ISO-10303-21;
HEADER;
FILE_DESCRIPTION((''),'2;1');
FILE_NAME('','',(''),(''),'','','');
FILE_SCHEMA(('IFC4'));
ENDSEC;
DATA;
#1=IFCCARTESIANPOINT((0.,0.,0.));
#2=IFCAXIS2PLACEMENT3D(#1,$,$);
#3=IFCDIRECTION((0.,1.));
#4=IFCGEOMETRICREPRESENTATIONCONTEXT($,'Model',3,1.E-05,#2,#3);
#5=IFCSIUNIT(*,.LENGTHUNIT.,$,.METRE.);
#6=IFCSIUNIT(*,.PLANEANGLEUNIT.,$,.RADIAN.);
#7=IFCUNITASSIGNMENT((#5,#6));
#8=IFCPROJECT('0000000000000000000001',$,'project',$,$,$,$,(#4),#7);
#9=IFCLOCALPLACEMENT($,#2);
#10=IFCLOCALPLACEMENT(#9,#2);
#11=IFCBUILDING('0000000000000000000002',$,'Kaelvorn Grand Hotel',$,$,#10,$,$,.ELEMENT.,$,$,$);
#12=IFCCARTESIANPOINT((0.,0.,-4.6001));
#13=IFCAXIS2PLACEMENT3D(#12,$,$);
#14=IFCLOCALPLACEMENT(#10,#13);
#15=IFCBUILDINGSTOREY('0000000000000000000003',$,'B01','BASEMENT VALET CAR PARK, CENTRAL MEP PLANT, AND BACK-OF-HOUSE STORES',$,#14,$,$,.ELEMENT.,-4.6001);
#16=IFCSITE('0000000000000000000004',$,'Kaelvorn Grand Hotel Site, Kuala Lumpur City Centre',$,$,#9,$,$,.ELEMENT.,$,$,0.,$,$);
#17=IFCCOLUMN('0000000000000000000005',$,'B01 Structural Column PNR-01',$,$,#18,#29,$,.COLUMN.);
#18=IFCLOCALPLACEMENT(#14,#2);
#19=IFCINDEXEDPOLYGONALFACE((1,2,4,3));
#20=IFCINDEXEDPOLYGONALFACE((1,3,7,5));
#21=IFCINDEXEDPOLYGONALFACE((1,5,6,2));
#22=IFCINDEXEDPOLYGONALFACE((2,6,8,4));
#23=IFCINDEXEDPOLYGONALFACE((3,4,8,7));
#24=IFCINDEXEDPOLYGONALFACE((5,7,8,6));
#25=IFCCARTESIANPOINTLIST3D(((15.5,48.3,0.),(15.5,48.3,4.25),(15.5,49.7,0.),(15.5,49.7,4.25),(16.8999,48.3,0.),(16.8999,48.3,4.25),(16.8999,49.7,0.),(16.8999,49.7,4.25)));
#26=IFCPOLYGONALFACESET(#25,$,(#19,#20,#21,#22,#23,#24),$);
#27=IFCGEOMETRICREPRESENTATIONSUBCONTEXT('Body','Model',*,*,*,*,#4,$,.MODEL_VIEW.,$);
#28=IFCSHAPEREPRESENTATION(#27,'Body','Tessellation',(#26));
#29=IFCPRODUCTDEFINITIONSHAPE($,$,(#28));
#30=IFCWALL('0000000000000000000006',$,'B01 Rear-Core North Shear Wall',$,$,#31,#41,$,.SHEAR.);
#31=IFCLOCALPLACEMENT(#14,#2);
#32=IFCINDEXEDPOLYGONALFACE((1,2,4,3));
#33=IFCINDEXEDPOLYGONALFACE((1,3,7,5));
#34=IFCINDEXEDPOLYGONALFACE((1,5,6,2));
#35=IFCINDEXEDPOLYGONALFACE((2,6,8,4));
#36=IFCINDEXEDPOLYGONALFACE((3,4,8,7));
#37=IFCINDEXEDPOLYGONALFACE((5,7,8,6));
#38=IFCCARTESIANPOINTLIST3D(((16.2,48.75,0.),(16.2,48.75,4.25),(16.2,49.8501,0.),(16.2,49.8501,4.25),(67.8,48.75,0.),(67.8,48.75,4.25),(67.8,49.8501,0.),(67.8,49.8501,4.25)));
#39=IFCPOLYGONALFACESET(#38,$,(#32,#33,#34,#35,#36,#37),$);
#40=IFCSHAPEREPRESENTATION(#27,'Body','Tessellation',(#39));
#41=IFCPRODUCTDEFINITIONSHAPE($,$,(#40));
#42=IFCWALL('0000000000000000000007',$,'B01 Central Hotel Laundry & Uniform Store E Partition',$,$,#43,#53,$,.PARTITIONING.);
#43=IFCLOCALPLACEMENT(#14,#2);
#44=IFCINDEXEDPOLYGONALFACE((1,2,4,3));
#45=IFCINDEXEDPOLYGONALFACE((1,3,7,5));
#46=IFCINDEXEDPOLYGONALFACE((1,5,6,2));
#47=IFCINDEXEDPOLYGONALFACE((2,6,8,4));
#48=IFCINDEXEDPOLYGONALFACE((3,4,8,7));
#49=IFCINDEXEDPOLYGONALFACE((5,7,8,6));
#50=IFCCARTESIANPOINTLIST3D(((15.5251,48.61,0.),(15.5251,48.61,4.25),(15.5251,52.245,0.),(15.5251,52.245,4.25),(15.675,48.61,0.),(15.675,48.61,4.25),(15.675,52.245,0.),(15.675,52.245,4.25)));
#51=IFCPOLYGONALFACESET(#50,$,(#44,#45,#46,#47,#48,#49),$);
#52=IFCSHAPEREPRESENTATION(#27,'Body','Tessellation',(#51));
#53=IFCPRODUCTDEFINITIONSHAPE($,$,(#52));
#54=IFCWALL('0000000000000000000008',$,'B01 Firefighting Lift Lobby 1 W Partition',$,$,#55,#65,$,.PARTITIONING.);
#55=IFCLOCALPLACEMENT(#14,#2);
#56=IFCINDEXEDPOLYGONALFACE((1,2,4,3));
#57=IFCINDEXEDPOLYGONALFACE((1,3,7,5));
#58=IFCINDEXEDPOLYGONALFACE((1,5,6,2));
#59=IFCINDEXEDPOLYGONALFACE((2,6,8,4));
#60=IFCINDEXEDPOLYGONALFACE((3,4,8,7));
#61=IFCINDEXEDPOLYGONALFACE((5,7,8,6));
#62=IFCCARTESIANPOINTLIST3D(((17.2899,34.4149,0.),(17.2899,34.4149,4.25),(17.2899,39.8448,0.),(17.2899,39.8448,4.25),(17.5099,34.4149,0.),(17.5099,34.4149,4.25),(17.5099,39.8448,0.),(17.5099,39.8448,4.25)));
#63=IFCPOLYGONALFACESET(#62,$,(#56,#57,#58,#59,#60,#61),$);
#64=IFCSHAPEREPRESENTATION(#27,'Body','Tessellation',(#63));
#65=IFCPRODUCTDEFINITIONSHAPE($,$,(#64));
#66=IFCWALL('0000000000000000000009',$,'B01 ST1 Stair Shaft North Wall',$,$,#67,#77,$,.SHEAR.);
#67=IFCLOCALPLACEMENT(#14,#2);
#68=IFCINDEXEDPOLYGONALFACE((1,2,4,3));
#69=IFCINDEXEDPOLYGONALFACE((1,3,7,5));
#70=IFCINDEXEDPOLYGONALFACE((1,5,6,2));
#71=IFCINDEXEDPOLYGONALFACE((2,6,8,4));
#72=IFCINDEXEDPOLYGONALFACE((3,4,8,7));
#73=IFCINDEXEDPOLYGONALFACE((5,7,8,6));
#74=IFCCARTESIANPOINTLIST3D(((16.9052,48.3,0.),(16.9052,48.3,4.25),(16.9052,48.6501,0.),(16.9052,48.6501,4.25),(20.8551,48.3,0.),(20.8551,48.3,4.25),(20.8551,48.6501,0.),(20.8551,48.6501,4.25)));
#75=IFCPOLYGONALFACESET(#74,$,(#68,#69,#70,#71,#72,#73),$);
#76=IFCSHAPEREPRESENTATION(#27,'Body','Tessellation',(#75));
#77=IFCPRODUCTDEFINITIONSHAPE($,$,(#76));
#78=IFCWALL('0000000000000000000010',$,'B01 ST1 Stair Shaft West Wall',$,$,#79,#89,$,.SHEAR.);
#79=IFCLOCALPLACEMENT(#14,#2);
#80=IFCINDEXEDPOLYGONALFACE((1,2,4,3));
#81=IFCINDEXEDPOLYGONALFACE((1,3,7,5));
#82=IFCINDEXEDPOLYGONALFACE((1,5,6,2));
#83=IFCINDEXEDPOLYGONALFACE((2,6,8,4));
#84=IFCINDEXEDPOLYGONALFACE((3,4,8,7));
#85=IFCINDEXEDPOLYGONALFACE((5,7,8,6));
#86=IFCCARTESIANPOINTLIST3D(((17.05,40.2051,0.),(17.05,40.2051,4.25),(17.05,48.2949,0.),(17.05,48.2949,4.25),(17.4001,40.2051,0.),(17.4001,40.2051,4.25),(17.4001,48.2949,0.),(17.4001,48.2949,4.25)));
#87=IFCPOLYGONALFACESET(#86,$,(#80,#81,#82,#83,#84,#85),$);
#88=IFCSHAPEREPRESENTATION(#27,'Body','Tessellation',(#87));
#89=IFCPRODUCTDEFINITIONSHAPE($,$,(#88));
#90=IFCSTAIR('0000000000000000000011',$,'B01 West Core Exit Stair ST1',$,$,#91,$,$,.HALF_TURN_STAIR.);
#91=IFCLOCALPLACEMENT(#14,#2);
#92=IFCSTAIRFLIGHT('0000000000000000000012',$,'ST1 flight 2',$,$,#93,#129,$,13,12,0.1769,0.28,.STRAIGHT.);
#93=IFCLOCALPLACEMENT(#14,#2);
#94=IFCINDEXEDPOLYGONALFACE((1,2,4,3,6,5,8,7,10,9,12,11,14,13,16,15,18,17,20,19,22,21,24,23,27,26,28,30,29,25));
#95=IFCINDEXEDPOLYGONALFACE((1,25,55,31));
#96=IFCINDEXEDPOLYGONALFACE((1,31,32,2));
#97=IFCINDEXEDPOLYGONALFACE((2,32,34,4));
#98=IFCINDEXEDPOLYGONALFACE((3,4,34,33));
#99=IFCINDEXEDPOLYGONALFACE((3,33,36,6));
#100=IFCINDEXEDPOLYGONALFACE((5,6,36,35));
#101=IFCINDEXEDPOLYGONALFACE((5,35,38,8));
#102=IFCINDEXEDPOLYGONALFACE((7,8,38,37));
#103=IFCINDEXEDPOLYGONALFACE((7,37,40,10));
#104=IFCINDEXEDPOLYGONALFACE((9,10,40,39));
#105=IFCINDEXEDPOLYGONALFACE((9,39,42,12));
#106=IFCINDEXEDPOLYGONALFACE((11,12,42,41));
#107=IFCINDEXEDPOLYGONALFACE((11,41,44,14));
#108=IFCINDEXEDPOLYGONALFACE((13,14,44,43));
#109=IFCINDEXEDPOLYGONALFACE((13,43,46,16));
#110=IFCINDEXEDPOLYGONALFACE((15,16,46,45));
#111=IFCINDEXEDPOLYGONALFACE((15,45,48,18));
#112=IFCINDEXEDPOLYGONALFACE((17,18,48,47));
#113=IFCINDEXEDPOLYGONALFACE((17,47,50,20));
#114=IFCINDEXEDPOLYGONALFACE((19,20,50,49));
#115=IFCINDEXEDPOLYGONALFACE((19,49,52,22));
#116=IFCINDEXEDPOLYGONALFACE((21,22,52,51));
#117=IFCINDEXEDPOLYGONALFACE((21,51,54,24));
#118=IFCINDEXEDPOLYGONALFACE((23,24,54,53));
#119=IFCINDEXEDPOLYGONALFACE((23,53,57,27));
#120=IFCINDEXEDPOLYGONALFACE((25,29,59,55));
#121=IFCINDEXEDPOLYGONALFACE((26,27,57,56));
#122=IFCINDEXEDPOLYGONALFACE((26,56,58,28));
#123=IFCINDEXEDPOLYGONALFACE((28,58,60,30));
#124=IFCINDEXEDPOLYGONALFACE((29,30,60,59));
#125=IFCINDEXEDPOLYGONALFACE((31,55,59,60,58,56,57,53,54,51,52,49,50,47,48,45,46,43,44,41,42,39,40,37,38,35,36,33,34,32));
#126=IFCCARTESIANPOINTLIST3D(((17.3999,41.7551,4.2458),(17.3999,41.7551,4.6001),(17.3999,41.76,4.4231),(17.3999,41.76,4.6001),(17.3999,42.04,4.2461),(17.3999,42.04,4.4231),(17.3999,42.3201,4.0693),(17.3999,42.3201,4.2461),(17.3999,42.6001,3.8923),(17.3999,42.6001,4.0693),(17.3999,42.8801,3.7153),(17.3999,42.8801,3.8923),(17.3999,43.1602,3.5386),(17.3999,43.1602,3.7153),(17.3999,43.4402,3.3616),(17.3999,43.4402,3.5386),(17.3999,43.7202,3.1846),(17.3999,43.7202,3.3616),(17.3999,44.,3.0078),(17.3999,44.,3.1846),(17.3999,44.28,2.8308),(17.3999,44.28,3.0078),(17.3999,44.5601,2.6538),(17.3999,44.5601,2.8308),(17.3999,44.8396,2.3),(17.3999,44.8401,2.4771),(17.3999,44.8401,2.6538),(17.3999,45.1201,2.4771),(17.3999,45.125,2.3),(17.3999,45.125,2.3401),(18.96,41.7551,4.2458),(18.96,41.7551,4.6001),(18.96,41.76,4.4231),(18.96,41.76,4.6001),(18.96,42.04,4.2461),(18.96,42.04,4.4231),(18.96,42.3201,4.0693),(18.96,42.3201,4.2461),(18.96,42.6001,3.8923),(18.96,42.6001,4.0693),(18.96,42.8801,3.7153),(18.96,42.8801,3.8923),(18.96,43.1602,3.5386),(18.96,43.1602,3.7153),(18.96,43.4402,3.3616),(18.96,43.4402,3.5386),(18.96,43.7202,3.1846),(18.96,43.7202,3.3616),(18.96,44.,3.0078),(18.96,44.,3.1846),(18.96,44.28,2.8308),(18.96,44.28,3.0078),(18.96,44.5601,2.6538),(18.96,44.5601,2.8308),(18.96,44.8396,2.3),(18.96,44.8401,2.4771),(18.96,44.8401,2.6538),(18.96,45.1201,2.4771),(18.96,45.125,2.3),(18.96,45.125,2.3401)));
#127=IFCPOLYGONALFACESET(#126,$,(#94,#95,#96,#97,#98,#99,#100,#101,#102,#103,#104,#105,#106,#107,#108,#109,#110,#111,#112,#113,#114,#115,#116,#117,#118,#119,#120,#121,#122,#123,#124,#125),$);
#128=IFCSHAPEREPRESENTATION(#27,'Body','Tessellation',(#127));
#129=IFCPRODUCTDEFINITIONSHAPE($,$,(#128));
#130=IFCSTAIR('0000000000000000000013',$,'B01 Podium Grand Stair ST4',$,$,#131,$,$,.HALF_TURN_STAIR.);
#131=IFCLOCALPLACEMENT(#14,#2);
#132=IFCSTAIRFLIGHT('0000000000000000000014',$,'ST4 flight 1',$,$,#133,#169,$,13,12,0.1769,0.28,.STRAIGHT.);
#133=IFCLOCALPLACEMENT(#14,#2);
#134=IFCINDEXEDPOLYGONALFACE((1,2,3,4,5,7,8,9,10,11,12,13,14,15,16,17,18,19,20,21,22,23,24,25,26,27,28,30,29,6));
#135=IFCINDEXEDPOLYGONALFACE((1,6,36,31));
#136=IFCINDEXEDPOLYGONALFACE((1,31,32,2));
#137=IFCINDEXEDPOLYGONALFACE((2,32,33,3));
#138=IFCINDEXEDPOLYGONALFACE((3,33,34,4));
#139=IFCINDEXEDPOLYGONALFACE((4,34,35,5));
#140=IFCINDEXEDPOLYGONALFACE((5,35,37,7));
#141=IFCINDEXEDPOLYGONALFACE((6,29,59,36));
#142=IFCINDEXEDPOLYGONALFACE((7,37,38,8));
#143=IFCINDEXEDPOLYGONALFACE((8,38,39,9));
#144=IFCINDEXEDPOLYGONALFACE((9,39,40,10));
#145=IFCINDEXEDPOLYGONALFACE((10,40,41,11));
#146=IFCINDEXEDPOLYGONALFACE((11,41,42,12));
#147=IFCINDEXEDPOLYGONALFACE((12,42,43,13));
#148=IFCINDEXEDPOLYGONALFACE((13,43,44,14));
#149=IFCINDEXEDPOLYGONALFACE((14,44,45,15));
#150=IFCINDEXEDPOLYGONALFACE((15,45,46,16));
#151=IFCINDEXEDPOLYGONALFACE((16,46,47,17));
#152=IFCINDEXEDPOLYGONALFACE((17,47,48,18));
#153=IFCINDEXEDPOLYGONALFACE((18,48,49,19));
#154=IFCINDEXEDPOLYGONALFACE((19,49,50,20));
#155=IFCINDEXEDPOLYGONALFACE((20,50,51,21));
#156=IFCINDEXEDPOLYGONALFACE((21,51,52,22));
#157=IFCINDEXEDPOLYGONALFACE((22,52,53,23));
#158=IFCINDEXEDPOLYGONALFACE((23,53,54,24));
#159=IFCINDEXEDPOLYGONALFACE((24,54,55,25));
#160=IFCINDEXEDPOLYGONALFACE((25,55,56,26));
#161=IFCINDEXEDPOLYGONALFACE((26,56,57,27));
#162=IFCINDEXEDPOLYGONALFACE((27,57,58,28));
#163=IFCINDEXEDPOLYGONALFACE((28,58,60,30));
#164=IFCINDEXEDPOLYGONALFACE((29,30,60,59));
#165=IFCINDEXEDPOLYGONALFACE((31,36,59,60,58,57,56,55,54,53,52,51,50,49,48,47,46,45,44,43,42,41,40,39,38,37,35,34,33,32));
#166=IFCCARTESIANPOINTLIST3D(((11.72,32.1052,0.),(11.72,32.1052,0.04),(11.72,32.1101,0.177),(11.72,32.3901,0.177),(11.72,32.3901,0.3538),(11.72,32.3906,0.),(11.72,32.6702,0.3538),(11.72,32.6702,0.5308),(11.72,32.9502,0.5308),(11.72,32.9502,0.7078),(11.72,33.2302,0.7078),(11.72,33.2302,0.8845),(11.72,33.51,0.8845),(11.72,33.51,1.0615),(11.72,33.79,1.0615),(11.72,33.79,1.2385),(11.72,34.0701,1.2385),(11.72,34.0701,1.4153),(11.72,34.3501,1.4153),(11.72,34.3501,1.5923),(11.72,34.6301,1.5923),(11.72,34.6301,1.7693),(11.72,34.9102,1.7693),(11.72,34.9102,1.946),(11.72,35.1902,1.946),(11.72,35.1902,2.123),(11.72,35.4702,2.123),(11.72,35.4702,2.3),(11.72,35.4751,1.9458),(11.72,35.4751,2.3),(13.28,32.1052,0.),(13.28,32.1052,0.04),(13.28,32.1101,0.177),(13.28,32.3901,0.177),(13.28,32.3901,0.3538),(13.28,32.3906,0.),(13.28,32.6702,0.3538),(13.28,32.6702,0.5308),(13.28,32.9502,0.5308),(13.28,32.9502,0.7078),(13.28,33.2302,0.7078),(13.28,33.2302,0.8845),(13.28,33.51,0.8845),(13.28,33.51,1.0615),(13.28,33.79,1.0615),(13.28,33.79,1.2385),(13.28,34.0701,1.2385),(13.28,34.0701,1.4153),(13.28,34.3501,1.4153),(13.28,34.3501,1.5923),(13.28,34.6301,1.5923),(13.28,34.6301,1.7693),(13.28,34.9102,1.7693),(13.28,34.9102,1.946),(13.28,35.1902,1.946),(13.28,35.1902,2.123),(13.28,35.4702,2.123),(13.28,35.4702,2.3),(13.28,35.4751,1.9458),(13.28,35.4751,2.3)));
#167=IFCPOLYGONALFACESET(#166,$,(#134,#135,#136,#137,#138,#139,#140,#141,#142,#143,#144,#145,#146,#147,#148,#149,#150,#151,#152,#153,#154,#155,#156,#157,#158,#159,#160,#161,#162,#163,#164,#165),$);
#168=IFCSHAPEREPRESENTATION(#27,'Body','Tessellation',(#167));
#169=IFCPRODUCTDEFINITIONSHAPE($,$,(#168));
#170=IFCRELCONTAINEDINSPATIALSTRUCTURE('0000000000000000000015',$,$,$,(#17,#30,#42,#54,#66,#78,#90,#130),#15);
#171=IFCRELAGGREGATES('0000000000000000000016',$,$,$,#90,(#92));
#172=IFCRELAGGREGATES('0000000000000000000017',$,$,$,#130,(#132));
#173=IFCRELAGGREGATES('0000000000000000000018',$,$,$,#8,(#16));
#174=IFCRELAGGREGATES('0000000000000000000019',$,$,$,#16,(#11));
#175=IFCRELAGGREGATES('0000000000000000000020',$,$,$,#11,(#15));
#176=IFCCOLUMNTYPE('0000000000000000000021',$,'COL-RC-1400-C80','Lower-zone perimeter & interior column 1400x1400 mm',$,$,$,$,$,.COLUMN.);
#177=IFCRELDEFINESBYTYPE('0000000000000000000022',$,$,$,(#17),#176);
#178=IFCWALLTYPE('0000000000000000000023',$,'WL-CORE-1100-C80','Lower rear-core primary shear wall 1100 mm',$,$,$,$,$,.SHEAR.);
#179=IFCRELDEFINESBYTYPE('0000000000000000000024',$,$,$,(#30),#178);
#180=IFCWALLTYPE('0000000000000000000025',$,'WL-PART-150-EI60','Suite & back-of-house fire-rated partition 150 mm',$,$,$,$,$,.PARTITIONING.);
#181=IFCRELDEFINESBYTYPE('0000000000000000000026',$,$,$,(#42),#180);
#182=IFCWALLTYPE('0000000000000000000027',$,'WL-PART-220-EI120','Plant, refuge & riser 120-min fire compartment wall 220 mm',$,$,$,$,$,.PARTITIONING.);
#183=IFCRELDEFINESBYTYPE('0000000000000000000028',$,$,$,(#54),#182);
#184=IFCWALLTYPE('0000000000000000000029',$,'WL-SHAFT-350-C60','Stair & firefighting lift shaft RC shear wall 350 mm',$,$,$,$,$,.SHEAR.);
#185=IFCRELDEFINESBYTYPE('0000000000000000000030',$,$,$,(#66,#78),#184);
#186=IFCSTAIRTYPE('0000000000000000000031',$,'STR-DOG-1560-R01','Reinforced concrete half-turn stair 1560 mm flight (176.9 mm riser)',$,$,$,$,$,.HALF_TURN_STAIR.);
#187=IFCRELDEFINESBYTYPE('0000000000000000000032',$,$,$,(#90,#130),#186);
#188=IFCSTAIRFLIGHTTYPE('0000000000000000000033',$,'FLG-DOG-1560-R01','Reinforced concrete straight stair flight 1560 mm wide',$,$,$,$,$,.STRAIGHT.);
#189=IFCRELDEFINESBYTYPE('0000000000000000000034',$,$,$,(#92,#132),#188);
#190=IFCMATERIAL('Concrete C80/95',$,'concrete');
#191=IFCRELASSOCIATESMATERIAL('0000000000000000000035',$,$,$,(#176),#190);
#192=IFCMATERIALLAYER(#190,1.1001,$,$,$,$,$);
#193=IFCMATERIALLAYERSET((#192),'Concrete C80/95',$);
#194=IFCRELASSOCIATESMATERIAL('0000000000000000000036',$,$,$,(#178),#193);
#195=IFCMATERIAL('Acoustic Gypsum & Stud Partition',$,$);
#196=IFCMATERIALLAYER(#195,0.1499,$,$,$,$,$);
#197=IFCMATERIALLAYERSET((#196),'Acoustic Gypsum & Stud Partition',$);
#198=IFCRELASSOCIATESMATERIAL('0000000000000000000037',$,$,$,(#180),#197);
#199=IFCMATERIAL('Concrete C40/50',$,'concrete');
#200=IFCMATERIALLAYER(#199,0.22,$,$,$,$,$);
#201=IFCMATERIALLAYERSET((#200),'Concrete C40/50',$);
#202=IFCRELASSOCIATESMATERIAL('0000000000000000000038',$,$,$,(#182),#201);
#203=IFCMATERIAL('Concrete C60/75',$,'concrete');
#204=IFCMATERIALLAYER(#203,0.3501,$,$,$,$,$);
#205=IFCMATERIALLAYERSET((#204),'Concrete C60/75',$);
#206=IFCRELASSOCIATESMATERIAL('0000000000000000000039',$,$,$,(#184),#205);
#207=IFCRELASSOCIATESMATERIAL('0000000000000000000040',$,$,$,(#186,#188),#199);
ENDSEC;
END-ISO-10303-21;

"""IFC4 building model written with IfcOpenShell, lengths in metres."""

from ifc_helpers import new_model, si_unit, direction, frame, frame_2d, origin, origin_2d, place, context, subcontext, project, spatial, polyline, rectangle, outline, extrude, material, layer, layer_set, material_profile, profile_set, type_object, element, aggregate, save


model = new_model("IFC4")

# Units and contexts
model_context = context("Model", 3, precision=1e-05, world=origin(), true_north=direction((0.0, 1.0)))
body_context = subcontext(model_context, "Body", "Model", "MODEL_VIEW")
ifc_project = project(units=[si_unit("LENGTHUNIT", "METRE"), si_unit("PLANEANGLEUNIT", "RADIAN")], contexts=[model_context])

# Site, building, storey
site_placement = place(None, origin())
site = spatial("IfcSite", under=ifc_project, at=site_placement, Name="Kaelvorn Grand Hotel Site, Kuala Lumpur City Centre", CompositionType="ELEMENT", RefElevation=0.0)
building_placement = place(site_placement, origin())
building = spatial("IfcBuilding", under=site, at=building_placement, Name="Kaelvorn Grand Hotel", CompositionType="ELEMENT")
storey_placement = place(building_placement, frame((0.0, 0.0, -4.6001)))
storey = spatial("IfcBuildingStorey", under=building, at=storey_placement, Name="B01", Description="BASEMENT VALET CAR PARK, CENTRAL MEP PLANT, AND BACK-OF-HOUSE STORES", CompositionType="ELEMENT", Elevation=-4.6001)

# Column
ifc_material_1 = material(Name="Concrete C80/95", Category="concrete")
ifc_material_profile = material_profile(ifc_material_1, rectangle(XDim=1.3999, YDim=1.3999, at=origin_2d()), Name="RC COL 1400x1400")
ifc_profile_set = profile_set([ifc_material_profile], Name="Concrete C80/95")
column_type = type_object("IfcColumnType", Name="COL-RC-1400-C80", Description="Lower-zone perimeter & interior column 1400x1400 mm", PredefinedType="COLUMN", material=ifc_profile_set)
column_placement = place(storey_placement, frame((16.2, 49.0, 0.0), z_axis=(0.0, 0.0, 1.0), x_axis=(1.0, 0.0, 0.0)))
element("IfcColumn", 1, at=column_placement, inside=storey, type_object=column_type, Name="B01 Structural Column PNR-01", PredefinedType="COLUMN", context=body_context, shape_type="SweptSolid", body=[
    extrude(rectangle(XDim=1.3999, YDim=1.3999, at=origin_2d()), origin(), (0.0, 0.0, 1.0), 4.25),
])

# Walls
ifc_layer_1 = layer(ifc_material_1, 1.1001)
ifc_layer_set_1 = layer_set([ifc_layer_1], Name="Concrete C80/95")
wall_type_1 = type_object("IfcWallType", Name="WL-CORE-1100-C80", Description="Lower rear-core primary shear wall 1100 mm", PredefinedType="SHEAR", material=ifc_layer_set_1)
wall_1_placement = place(storey_placement, frame((16.2, 49.3, 0.0), z_axis=(0.0, 0.0, 1.0), x_axis=(1.0, 0.0, 0.0)))
element("IfcWall", 2, at=wall_1_placement, inside=storey, type_object=wall_type_1, Name="B01 Rear-Core North Shear Wall", PredefinedType="SHEAR", context=body_context, shape_type="SweptSolid", body=[
    extrude(rectangle(XDim=51.6001, YDim=1.1001, at=frame_2d((25.8, 0.0))), origin(), (0.0, 0.0, 1.0), 4.25),
])
ifc_material_2 = material(Name="Acoustic Gypsum & Stud Partition")
ifc_layer_2 = layer(ifc_material_2, 0.1499)
ifc_layer_set_2 = layer_set([ifc_layer_2], Name="Acoustic Gypsum & Stud Partition")
wall_type_2 = type_object("IfcWallType", Name="WL-PART-150-EI60", Description="Suite & back-of-house fire-rated partition 150 mm", PredefinedType="PARTITIONING", material=ifc_layer_set_2)
wall_2_placement = place(storey_placement, frame((15.6001, 48.6101, 0.0), z_axis=(0.0, 0.0, 1.0), x_axis=(0.0, 1.0, 0.0)))
element("IfcWall", 3, at=wall_2_placement, inside=storey, type_object=wall_type_2, Name="B01 Central Hotel Laundry & Uniform Store E Partition", PredefinedType="PARTITIONING", context=body_context, shape_type="SweptSolid", body=[
    extrude(rectangle(XDim=3.635, YDim=0.1499, at=frame_2d((1.8174, 0.0))), origin(), (0.0, 0.0, 1.0), 4.25),
])

# Shared definitions
ifc_material_3 = material(Name="Concrete C40/50", Category="concrete")
ifc_layer_3 = layer(ifc_material_3, 0.22)
ifc_layer_set_3 = layer_set([ifc_layer_3], Name="Concrete C40/50")
wall_type_3 = type_object("IfcWallType", Name="WL-PART-220-EI120", Description="Plant, refuge & riser 120-min fire compartment wall 220 mm", PredefinedType="PARTITIONING", material=ifc_layer_set_3)

# Wall
wall_3_placement = place(storey_placement, frame((17.3999, 34.415, 0.0), z_axis=(0.0, 0.0, 1.0), x_axis=(0.0, 1.0, 0.0)))
element("IfcWall", 4, at=wall_3_placement, inside=storey, type_object=wall_type_3, Name="B01 Firefighting Lift Lobby 1 W Partition", PredefinedType="PARTITIONING", context=body_context, shape_type="SweptSolid", body=[
    extrude(rectangle(XDim=5.4299, YDim=0.22, at=frame_2d((2.7148, 0.0))), origin(), (0.0, 0.0, 1.0), 4.25),
])

# Shared definitions
ifc_material_4 = material(Name="Concrete C60/75", Category="concrete")
ifc_layer_4 = layer(ifc_material_4, 0.3501)
ifc_layer_set_4 = layer_set([ifc_layer_4], Name="Concrete C60/75")
wall_type_4 = type_object("IfcWallType", Name="WL-SHAFT-350-C60", Description="Stair & firefighting lift shaft RC shear wall 350 mm", PredefinedType="SHEAR", material=ifc_layer_set_4)

# Walls
wall_4_placement = place(storey_placement, frame((16.905, 48.4751, 0.0), z_axis=(0.0, 0.0, 1.0), x_axis=(1.0, 0.0, 0.0)))
element("IfcWall", 5, at=wall_4_placement, inside=storey, type_object=wall_type_4, Name="B01 ST1 Stair Shaft North Wall", PredefinedType="SHEAR", context=body_context, shape_type="SweptSolid", body=[
    extrude(rectangle(XDim=3.95, YDim=0.3501, at=frame_2d((1.9751, 0.0))), origin(), (0.0, 0.0, 1.0), 4.25),
])
wall_5_placement = place(storey_placement, frame((17.2251, 40.2051, 0.0), z_axis=(0.0, 0.0, 1.0), x_axis=(0.0, 1.0, 0.0)))
element("IfcWall", 6, at=wall_5_placement, inside=storey, type_object=wall_type_4, Name="B01 ST1 Stair Shaft West Wall", PredefinedType="SHEAR", context=body_context, shape_type="SweptSolid", body=[
    extrude(rectangle(XDim=8.0898, YDim=0.3501, at=frame_2d((4.0449, 0.0))), origin(), (0.0, 0.0, 1.0), 4.25),
])

# Stair, stair flight
stair_type = type_object("IfcStairType", Name="STR-DOG-1560-R01", Description="Reinforced concrete half-turn stair 1560 mm flight (176.9 mm riser)", PredefinedType="HALF_TURN_STAIR", material=ifc_material_3)
stair_1_placement = place(storey_placement, origin())
stair_1 = element("IfcStair", 7, at=stair_1_placement, inside=storey, type_object=stair_type, Name="B01 West Core Exit Stair ST1", PredefinedType="HALF_TURN_STAIR")
stair_flight_type = type_object("IfcStairFlightType", Name="FLG-DOG-1560-R01", Description="Reinforced concrete straight stair flight 1560 mm wide", PredefinedType="STRAIGHT", material=ifc_material_3)
stair_flight_1_placement = place(storey_placement, frame((18.1799, 45.1201, 2.3), z_axis=(0.0, 0.0, 1.0), x_axis=(0.0, -1.0, 0.0)))
stair_flight_1 = element("IfcStairFlight", 8, at=stair_flight_1_placement, type_object=stair_flight_type, Name="ST1 flight 2", NumberOfRisers=13, NumberOfTreads=12, PredefinedType="STRAIGHT", RiserHeight=0.1769, TreadLength=0.28, context=body_context, shape_type="SweptSolid", body=[
    extrude(outline(polyline([(-0.0049, 0.0), (-0.0049, 0.04), (0.0, 0.177), (0.28, 0.177), (0.28, 0.3538), (0.5601, 0.3538), (0.5601, 0.5308), (0.8401, 0.5308), (0.8401, 0.7078), (1.1201, 0.7078), (1.1201, 0.8845), (1.3999, 0.8845), (1.3999, 1.0615), (1.6799, 1.0615), (1.6799, 1.2385), (1.96, 1.2385), (1.96, 1.4153), (2.24, 1.4153), (2.24, 1.5923), (2.52, 1.5923), (2.52, 1.7693), (2.8, 1.7693), (2.8, 1.946), (3.0801, 1.946), (3.0801, 2.123), (3.3601, 2.123), (3.3601, 2.3), (3.365, 2.3), (3.365, 1.9458), (0.2805, 0.0), (-0.0049, 0.0)])), frame((0.0, 0.78, 0.0), z_axis=(0.0, -1.0, 0.0), x_axis=(1.0, 0.0, 0.0)), (0.0, 0.0, 1.0), 1.5601),
])
aggregate(stair_1, [stair_flight_1])

# Stair, stair flight
stair_2_placement = place(storey_placement, origin())
stair_2 = element("IfcStair", 9, at=stair_2_placement, inside=storey, type_object=stair_type, Name="B01 Podium Grand Stair ST4", PredefinedType="HALF_TURN_STAIR")
stair_flight_2_placement = place(storey_placement, frame((12.5, 32.1101, 0.0), z_axis=(0.0, 0.0, 1.0), x_axis=(0.0, 1.0, 0.0)))
stair_flight_2 = element("IfcStairFlight", 10, at=stair_flight_2_placement, type_object=stair_flight_type, Name="ST4 flight 1", NumberOfRisers=13, NumberOfTreads=12, PredefinedType="STRAIGHT", RiserHeight=0.1769, TreadLength=0.28, context=body_context, shape_type="SweptSolid", body=[
    extrude(outline(polyline([(-0.0049, 0.0), (-0.0049, 0.04), (0.0, 0.177), (0.28, 0.177), (0.28, 0.3538), (0.5601, 0.3538), (0.5601, 0.5308), (0.8401, 0.5308), (0.8401, 0.7078), (1.1201, 0.7078), (1.1201, 0.8845), (1.3999, 0.8845), (1.3999, 1.0615), (1.6799, 1.0615), (1.6799, 1.2385), (1.96, 1.2385), (1.96, 1.4153), (2.24, 1.4153), (2.24, 1.5923), (2.52, 1.5923), (2.52, 1.7693), (2.8, 1.7693), (2.8, 1.946), (3.0801, 1.946), (3.0801, 2.123), (3.3601, 2.123), (3.3601, 2.3), (3.365, 2.3), (3.365, 1.9458), (0.2805, 0.0), (-0.0049, 0.0)])), frame((0.0, 0.78, 0.0), z_axis=(0.0, -1.0, 0.0), x_axis=(1.0, 0.0, 0.0)), (0.0, 0.0, 1.0), 1.5601),
])
aggregate(stair_2, [stair_flight_2])

save(model, "model.ifc")
